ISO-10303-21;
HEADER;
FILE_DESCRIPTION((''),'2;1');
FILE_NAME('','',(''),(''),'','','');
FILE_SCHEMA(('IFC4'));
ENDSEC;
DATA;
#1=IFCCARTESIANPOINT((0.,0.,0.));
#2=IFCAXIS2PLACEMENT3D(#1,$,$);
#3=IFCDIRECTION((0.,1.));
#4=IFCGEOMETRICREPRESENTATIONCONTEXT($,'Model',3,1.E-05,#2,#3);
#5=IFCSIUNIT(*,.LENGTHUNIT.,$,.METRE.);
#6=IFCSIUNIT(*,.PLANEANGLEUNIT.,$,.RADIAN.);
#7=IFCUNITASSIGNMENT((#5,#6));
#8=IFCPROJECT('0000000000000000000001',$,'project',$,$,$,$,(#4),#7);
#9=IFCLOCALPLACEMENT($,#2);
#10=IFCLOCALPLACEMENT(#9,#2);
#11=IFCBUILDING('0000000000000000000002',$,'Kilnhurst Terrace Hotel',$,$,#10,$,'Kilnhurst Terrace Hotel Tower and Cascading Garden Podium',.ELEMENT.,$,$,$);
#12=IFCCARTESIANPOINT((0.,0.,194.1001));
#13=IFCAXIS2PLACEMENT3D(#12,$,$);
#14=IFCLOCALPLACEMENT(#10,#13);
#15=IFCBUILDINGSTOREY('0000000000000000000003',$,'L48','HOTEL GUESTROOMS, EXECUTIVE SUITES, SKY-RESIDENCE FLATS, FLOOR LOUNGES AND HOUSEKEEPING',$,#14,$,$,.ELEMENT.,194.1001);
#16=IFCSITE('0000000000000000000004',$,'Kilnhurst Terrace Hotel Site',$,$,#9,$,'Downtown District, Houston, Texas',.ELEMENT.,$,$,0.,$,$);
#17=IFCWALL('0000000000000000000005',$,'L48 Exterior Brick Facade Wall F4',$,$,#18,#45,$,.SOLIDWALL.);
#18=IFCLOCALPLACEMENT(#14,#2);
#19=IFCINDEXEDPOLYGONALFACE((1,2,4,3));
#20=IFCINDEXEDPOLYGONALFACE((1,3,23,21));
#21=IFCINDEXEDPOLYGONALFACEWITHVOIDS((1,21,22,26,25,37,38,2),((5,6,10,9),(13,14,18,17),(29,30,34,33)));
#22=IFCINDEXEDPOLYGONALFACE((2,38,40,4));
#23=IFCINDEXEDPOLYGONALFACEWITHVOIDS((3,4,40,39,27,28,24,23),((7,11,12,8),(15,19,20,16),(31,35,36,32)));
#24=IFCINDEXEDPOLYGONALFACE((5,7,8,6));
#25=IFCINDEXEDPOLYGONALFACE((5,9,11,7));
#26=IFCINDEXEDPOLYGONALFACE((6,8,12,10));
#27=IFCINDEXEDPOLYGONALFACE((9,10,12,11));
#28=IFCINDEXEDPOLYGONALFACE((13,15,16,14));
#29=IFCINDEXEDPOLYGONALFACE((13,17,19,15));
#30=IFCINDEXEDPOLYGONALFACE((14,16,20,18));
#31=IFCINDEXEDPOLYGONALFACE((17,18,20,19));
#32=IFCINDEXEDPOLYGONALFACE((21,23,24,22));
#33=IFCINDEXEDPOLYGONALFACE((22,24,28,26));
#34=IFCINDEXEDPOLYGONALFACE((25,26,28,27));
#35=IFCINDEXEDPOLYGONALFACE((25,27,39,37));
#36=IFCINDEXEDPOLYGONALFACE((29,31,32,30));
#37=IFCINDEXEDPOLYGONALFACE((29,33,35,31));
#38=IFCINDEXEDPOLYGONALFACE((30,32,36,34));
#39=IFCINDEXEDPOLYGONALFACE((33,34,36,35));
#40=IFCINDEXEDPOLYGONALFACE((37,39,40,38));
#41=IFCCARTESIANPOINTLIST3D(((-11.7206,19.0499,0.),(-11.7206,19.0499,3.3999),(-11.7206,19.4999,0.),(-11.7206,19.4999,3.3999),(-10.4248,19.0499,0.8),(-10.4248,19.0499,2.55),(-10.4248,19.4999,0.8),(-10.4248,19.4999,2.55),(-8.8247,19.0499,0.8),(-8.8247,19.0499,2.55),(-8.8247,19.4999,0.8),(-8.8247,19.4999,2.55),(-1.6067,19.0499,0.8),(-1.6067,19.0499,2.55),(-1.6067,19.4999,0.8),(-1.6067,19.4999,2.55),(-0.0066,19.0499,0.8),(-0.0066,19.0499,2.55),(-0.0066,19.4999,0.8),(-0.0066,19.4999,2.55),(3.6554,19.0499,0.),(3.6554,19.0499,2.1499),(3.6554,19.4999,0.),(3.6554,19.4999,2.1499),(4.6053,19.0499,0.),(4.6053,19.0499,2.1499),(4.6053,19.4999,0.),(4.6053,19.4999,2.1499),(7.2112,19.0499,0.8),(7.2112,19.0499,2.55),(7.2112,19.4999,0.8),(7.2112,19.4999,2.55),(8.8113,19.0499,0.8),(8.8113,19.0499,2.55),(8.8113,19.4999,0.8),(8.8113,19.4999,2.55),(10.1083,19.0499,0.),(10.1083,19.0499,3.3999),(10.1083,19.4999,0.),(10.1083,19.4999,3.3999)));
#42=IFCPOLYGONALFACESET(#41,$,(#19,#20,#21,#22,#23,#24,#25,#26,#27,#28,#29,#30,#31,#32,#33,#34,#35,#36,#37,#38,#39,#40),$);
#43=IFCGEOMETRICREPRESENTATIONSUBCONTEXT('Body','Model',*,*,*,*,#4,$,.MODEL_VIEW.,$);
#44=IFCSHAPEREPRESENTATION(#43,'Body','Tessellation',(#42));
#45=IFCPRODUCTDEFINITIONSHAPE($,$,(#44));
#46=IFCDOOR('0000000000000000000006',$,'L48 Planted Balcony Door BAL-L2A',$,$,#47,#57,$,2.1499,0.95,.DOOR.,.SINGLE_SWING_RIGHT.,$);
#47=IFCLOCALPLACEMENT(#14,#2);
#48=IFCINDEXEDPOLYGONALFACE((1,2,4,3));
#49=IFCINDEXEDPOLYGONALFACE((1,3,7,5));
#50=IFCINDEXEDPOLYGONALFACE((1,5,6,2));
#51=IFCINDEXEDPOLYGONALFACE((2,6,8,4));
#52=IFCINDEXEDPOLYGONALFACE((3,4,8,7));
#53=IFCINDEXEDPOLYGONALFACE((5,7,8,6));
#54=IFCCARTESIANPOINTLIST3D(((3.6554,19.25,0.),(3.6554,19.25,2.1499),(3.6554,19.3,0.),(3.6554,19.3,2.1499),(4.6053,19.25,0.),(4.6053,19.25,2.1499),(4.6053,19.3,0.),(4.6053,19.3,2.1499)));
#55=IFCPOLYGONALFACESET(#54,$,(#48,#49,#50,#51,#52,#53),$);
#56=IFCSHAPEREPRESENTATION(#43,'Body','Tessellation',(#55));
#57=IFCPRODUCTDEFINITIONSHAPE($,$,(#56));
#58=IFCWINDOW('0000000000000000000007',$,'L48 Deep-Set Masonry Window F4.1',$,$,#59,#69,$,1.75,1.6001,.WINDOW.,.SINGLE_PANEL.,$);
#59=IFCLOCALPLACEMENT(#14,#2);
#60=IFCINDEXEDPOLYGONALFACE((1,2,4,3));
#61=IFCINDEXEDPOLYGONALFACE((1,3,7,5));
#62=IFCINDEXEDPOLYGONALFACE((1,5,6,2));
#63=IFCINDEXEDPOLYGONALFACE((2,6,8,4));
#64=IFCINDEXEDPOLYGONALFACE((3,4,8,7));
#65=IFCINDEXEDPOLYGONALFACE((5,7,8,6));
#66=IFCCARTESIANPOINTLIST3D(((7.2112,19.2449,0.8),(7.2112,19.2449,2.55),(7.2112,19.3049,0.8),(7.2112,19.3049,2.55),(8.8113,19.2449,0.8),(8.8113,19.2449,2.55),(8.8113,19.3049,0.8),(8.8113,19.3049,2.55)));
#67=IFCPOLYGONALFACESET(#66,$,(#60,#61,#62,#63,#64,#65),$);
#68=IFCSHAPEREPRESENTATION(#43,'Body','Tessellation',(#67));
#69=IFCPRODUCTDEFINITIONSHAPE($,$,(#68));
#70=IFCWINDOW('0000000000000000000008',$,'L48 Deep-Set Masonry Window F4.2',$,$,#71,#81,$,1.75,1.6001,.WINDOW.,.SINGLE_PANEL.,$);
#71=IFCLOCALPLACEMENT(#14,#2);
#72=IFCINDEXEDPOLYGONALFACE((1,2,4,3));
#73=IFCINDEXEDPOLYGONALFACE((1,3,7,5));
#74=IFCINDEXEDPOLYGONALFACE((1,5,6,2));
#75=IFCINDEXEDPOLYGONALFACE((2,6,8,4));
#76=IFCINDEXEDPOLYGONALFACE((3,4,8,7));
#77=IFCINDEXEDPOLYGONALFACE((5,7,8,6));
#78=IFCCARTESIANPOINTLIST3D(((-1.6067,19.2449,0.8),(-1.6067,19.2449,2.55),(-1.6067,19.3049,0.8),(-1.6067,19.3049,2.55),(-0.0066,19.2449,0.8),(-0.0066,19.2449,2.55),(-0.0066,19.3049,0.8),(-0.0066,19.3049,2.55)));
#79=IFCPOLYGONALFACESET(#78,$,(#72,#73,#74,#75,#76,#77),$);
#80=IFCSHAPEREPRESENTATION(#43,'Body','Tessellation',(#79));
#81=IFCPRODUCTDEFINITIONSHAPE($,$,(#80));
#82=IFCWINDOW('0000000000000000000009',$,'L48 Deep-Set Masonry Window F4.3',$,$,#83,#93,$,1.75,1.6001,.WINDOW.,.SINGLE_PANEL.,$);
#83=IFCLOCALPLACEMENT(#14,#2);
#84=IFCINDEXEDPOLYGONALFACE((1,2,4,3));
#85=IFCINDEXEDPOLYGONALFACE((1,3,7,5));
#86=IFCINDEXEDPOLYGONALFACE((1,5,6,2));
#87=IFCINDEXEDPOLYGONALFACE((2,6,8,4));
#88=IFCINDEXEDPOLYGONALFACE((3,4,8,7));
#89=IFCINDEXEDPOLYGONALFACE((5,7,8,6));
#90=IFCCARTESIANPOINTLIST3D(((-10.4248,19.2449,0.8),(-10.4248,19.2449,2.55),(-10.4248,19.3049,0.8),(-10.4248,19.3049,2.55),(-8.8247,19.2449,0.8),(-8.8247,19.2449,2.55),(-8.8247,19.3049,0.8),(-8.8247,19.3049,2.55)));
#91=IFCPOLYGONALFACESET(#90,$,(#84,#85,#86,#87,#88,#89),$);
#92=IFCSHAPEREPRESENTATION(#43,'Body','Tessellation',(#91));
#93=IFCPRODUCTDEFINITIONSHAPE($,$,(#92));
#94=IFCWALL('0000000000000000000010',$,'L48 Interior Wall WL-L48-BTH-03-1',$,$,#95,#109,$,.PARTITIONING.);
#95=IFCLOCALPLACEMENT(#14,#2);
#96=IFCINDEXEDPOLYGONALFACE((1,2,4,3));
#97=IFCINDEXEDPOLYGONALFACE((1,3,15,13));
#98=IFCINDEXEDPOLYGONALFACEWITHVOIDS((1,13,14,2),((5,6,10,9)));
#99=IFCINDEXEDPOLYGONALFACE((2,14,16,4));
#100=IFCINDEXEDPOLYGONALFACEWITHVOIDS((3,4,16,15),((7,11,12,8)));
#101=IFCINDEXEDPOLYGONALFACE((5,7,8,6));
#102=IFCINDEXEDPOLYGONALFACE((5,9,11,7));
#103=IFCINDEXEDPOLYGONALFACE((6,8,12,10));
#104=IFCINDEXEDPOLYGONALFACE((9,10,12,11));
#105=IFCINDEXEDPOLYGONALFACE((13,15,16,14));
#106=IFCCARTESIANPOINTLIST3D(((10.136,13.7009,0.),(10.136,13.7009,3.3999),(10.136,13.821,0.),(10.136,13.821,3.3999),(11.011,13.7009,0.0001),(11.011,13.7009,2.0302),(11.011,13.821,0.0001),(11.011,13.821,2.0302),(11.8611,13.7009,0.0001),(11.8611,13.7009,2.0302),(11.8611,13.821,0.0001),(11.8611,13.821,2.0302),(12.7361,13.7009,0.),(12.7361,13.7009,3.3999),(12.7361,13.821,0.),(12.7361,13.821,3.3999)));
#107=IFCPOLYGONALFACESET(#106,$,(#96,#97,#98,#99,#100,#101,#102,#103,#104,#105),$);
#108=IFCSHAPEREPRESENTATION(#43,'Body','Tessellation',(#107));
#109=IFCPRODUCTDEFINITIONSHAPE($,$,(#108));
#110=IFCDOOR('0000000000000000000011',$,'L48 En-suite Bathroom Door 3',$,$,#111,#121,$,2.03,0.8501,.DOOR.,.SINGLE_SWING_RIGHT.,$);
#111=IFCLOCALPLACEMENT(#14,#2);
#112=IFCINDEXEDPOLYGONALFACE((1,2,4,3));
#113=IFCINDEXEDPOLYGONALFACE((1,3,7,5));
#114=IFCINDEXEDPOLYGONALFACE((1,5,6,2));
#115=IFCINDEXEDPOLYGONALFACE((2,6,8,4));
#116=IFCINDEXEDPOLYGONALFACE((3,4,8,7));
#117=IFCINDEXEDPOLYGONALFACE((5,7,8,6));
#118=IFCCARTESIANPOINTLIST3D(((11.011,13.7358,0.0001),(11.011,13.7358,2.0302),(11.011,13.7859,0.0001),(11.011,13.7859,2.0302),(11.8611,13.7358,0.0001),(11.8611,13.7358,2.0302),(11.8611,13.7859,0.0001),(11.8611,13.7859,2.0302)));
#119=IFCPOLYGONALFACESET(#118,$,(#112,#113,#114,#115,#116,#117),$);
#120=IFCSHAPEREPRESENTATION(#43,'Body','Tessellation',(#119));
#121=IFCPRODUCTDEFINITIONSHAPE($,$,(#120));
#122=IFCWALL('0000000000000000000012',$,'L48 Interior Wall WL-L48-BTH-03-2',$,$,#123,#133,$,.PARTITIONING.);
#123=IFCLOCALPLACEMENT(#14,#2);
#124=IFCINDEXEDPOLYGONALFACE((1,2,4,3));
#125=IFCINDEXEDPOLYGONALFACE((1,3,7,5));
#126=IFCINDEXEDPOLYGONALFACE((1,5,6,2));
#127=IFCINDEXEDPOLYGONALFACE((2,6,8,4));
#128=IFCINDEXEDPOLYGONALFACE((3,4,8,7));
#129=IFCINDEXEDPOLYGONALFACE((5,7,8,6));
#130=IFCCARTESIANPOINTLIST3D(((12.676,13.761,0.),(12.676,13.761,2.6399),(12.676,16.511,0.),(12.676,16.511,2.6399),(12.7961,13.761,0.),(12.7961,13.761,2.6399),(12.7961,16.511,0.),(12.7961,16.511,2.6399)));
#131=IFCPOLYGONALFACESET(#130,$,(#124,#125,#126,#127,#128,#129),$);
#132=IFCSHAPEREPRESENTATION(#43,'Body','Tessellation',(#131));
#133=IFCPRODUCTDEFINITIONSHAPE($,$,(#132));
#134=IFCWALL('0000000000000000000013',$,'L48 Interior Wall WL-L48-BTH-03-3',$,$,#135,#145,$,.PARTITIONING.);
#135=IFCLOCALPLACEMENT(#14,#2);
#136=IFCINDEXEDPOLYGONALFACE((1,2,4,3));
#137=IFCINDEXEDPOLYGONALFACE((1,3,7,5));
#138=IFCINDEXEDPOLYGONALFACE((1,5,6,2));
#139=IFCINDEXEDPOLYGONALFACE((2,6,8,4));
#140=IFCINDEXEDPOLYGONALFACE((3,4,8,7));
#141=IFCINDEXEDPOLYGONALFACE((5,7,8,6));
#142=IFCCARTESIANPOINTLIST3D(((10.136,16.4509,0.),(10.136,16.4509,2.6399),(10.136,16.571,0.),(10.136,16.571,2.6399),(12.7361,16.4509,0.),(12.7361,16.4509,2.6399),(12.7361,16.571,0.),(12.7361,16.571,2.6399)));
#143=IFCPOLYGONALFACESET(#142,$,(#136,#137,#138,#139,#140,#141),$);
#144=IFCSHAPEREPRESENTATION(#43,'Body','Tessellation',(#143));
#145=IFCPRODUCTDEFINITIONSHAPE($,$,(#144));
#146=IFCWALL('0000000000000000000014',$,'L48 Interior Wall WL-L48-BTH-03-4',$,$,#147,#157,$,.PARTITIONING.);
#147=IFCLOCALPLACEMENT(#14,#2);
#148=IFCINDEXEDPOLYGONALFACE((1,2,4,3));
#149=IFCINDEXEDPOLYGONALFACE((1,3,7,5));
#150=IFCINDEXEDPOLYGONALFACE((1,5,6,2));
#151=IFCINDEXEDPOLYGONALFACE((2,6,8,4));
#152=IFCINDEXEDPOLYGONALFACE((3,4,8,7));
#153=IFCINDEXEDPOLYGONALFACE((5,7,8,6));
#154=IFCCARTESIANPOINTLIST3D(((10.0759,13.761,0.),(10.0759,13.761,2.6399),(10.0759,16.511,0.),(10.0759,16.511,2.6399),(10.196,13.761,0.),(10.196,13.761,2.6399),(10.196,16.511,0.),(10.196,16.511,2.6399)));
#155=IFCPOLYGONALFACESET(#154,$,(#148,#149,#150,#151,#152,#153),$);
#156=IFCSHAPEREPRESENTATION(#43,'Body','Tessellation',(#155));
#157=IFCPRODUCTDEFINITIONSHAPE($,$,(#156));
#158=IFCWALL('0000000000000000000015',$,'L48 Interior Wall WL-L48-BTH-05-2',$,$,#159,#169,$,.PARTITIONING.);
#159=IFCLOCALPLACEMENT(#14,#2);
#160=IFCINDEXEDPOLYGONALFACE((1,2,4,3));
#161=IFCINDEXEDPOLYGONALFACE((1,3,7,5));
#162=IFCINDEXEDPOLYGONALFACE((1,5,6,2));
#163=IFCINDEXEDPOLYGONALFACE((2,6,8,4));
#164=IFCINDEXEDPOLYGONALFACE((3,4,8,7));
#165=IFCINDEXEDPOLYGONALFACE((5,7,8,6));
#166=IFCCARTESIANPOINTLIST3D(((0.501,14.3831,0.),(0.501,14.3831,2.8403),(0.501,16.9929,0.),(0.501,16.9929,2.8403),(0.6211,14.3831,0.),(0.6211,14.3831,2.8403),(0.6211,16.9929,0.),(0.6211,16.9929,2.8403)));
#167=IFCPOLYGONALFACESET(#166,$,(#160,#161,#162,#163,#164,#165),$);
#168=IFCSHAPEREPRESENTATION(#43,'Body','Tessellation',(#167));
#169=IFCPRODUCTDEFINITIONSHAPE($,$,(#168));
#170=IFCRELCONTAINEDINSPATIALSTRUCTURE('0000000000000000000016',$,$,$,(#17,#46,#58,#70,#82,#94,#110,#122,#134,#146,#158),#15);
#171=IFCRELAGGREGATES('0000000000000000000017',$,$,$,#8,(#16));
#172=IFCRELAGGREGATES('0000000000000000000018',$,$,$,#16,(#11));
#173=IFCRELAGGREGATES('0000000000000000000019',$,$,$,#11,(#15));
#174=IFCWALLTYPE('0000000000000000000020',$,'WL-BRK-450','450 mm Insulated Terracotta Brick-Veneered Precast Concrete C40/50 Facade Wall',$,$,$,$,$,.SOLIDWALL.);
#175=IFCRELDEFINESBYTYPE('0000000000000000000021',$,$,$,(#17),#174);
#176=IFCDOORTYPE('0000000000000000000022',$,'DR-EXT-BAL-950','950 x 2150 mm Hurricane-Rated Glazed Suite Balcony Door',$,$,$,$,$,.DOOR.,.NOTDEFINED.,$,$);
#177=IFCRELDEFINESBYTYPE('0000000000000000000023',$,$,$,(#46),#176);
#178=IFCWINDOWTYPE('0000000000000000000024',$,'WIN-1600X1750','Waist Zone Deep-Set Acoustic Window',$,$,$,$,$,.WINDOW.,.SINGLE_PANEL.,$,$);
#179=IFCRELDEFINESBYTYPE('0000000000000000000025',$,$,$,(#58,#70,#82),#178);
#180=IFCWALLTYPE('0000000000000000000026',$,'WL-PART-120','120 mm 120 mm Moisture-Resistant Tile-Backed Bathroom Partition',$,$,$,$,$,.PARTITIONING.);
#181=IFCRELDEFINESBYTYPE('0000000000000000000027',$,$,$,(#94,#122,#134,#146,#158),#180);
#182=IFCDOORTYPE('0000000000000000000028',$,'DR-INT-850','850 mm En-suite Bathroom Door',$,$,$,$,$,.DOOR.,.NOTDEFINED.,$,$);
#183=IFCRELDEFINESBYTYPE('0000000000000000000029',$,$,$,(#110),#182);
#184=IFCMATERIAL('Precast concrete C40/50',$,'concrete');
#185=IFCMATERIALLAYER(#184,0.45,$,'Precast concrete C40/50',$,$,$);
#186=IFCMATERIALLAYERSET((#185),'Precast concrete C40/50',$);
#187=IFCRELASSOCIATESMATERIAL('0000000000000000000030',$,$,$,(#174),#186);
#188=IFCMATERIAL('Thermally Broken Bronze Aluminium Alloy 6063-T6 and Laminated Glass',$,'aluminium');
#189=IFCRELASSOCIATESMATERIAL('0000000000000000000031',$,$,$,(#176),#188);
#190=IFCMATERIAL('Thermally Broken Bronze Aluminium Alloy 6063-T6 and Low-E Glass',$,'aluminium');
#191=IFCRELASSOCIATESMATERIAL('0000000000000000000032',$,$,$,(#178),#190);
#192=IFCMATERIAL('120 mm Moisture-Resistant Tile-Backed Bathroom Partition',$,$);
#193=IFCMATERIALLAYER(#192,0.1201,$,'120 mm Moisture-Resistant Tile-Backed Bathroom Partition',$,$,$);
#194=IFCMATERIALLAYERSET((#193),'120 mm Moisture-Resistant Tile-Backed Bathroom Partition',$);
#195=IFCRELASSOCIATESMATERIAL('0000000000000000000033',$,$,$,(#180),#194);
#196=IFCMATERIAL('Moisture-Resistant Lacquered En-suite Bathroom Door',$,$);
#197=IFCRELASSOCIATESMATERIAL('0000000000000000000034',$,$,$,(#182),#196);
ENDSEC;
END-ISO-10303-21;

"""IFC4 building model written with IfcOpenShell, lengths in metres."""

from ifc_helpers import new_model, si_unit, direction, frame, frame_2d, origin, place, context, subcontext, project, spatial, rectangle, extrude, material, layer, layer_set, type_object, element, fill, save


model = new_model("IFC4")

# Units and contexts
model_context = context("Model", 3, precision=1e-05, world=origin(), true_north=direction((0.0, 1.0)))
body_context = subcontext(model_context, "Body", "Model", "MODEL_VIEW")
ifc_project = project(units=[si_unit("LENGTHUNIT", "METRE"), si_unit("PLANEANGLEUNIT", "RADIAN")], contexts=[model_context])

# Site, building, storey
site_placement = place(None, origin())
site = spatial("IfcSite", under=ifc_project, at=site_placement, Name="Kilnhurst Terrace Hotel Site", LongName="Downtown District, Houston, Texas", CompositionType="ELEMENT", RefElevation=0.0)
building_placement = place(site_placement, origin())
building = spatial("IfcBuilding", under=site, at=building_placement, Name="Kilnhurst Terrace Hotel", LongName="Kilnhurst Terrace Hotel Tower and Cascading Garden Podium", CompositionType="ELEMENT")
storey_placement = place(building_placement, frame((0.0, 0.0, 194.1001)))
storey = spatial("IfcBuildingStorey", under=building, at=storey_placement, Name="L48", Description="HOTEL GUESTROOMS, EXECUTIVE SUITES, SKY-RESIDENCE FLATS, FLOOR LOUNGES AND HOUSEKEEPING", CompositionType="ELEMENT", Elevation=194.1001)

# Shared definitions
ifc_material_1 = material(Name="Precast concrete C40/50", Category="concrete")
ifc_layer_1 = layer(ifc_material_1, 0.45, Name="Precast concrete C40/50")
ifc_layer_set_1 = layer_set([ifc_layer_1], Name="Precast concrete C40/50")
wall_type_1 = type_object("IfcWallType", Name="WL-BRK-450", Description="450 mm Insulated Terracotta Brick-Veneered Precast Concrete C40/50 Facade Wall", PredefinedType="SOLIDWALL", material=ifc_layer_set_1)

# Wall, openings, door, windows
wall_1_placement = place(storey_placement, frame((10.1084, 19.2749, 0.0), z_axis=(0.0, 0.0, 1.0), x_axis=(-1.0, 0.0, 0.0)))
wall_1 = element("IfcWall", 1, at=wall_1_placement, inside=storey, type_object=wall_type_1, Name="L48 Exterior Brick Facade Wall F4", PredefinedType="SOLIDWALL", context=body_context, shape_type="SweptSolid", body=[
    extrude(rectangle(XDim=21.8289, YDim=0.45, at=frame_2d((10.9146, 0.0))), origin(), (0.0, 0.0, 1.0), 3.3999),
])
opening_1_placement = place(wall_1_placement, frame((5.5029, 0.0, 0.0)))
opening_1 = element("IfcOpeningElement", 2, at=opening_1_placement, cuts=wall_1, PredefinedType="OPENING", context=body_context, shape_type="SweptSolid", body=[
    extrude(rectangle(XDim=0.95, YDim=2.1499, at=frame_2d((0.4751, 1.075))), frame((0.0, 0.2349, 0.0), z_axis=(0.0, -1.0, 0.0), x_axis=(1.0, 0.0, 0.0)), (0.0, 0.0, 1.0), 0.47),
])
opening_2_placement = place(wall_1_placement, frame((1.2971, 0.0, 0.8)))
opening_2 = element("IfcOpeningElement", 3, at=opening_2_placement, cuts=wall_1, PredefinedType="OPENING", context=body_context, shape_type="SweptSolid", body=[
    extrude(rectangle(XDim=1.6001, YDim=1.75, at=frame_2d((0.8, 0.875))), frame((0.0, 0.2349, 0.0), z_axis=(0.0, -1.0, 0.0), x_axis=(1.0, 0.0, 0.0)), (0.0, 0.0, 1.0), 0.47),
])
opening_3_placement = place(wall_1_placement, frame((10.115, 0.0, 0.8)))
opening_3 = element("IfcOpeningElement", 4, at=opening_3_placement, cuts=wall_1, PredefinedType="OPENING", context=body_context, shape_type="SweptSolid", body=[
    extrude(rectangle(XDim=1.6001, YDim=1.75, at=frame_2d((0.8, 0.875))), frame((0.0, 0.2349, 0.0), z_axis=(0.0, -1.0, 0.0), x_axis=(1.0, 0.0, 0.0)), (0.0, 0.0, 1.0), 0.47),
])
opening_4_placement = place(wall_1_placement, frame((18.9331, 0.0, 0.8)))
opening_4 = element("IfcOpeningElement", 5, at=opening_4_placement, cuts=wall_1, PredefinedType="OPENING", context=body_context, shape_type="SweptSolid", body=[
    extrude(rectangle(XDim=1.6001, YDim=1.75, at=frame_2d((0.8, 0.875))), frame((0.0, 0.2349, 0.0), z_axis=(0.0, -1.0, 0.0), x_axis=(1.0, 0.0, 0.0)), (0.0, 0.0, 1.0), 0.47),
])
ifc_material_2 = material(Name="Thermally Broken Bronze Aluminium Alloy 6063-T6 and Laminated Glass", Category="aluminium")
door_type_1 = type_object("IfcDoorType", Name="DR-EXT-BAL-950", Description="950 x 2150 mm Hurricane-Rated Glazed Suite Balcony Door", OperationType="NOTDEFINED", PredefinedType="DOOR", material=ifc_material_2)
door_1_placement = place(opening_1_placement, origin())
door_1 = element("IfcDoor", 6, at=door_1_placement, inside=storey, type_object=door_type_1, Name="L48 Planted Balcony Door BAL-L2A", OperationType="SINGLE_SWING_RIGHT", OverallHeight=2.1499, OverallWidth=0.95, PredefinedType="DOOR", context=body_context, shape_type="SweptSolid", body=[
    extrude(rectangle(XDim=0.95, YDim=2.1499, at=frame_2d((0.4751, 1.075))), frame((0.0, 0.0249, 0.0), z_axis=(0.0, -1.0, 0.0), x_axis=(1.0, 0.0, 0.0)), (0.0, 0.0, 1.0), 0.05),
])
fill(opening_1, door_1)
ifc_material_3 = material(Name="Thermally Broken Bronze Aluminium Alloy 6063-T6 and Low-E Glass", Category="aluminium")
window_type = type_object("IfcWindowType", Name="WIN-1600X1750", Description="Waist Zone Deep-Set Acoustic Window", PartitioningType="SINGLE_PANEL", PredefinedType="WINDOW", material=ifc_material_3)
window_1_placement = place(opening_2_placement, origin())
window_1 = element("IfcWindow", 7, at=window_1_placement, inside=storey, type_object=window_type, Name="L48 Deep-Set Masonry Window F4.1", OverallHeight=1.75, OverallWidth=1.6001, PartitioningType="SINGLE_PANEL", PredefinedType="WINDOW", context=body_context, shape_type="SweptSolid", body=[
    extrude(rectangle(XDim=1.6001, YDim=1.75, at=frame_2d((0.8, 0.875))), frame((0.0, 0.03, 0.0), z_axis=(0.0, -1.0, 0.0), x_axis=(1.0, 0.0, 0.0)), (0.0, 0.0, 1.0), 0.0601),
])
fill(opening_2, window_1)
window_2_placement = place(opening_3_placement, origin())
window_2 = element("IfcWindow", 8, at=window_2_placement, inside=storey, type_object=window_type, Name="L48 Deep-Set Masonry Window F4.2", OverallHeight=1.75, OverallWidth=1.6001, PartitioningType="SINGLE_PANEL", PredefinedType="WINDOW", context=body_context, shape_type="SweptSolid", body=[
    extrude(rectangle(XDim=1.6001, YDim=1.75, at=frame_2d((0.8, 0.875))), frame((0.0, 0.03, 0.0), z_axis=(0.0, -1.0, 0.0), x_axis=(1.0, 0.0, 0.0)), (0.0, 0.0, 1.0), 0.0601),
])
fill(opening_3, window_2)
window_3_placement = place(opening_4_placement, origin())
window_3 = element("IfcWindow", 9, at=window_3_placement, inside=storey, type_object=window_type, Name="L48 Deep-Set Masonry Window F4.3", OverallHeight=1.75, OverallWidth=1.6001, PartitioningType="SINGLE_PANEL", PredefinedType="WINDOW", context=body_context, shape_type="SweptSolid", body=[
    extrude(rectangle(XDim=1.6001, YDim=1.75, at=frame_2d((0.8, 0.875))), frame((0.0, 0.03, 0.0), z_axis=(0.0, -1.0, 0.0), x_axis=(1.0, 0.0, 0.0)), (0.0, 0.0, 1.0), 0.0601),
])
fill(opening_4, window_3)

# Wall, opening, door
ifc_material_4 = material(Name="120 mm Moisture-Resistant Tile-Backed Bathroom Partition")
ifc_layer_2 = layer(ifc_material_4, 0.1201, Name="120 mm Moisture-Resistant Tile-Backed Bathroom Partition")
ifc_layer_set_2 = layer_set([ifc_layer_2], Name="120 mm Moisture-Resistant Tile-Backed Bathroom Partition")
wall_type_2 = type_object("IfcWallType", Name="WL-PART-120", Description="120 mm 120 mm Moisture-Resistant Tile-Backed Bathroom Partition", PredefinedType="PARTITIONING", material=ifc_layer_set_2)
wall_2_placement = place(storey_placement, frame((10.136, 13.761, 0.0), z_axis=(0.0, 0.0, 1.0), x_axis=(1.0, 0.0, 0.0)))
wall_2 = element("IfcWall", 10, at=wall_2_placement, inside=storey, type_object=wall_type_2, Name="L48 Interior Wall WL-L48-BTH-03-1", PredefinedType="PARTITIONING", context=body_context, shape_type="SweptSolid", body=[
    extrude(rectangle(XDim=2.6001, YDim=0.1201, at=frame_2d((1.3, 0.0))), origin(), (0.0, 0.0, 1.0), 3.3999),
])
opening_5_placement = place(wall_2_placement, frame((0.875, 0.0, 0.0)))
opening_5 = element("IfcOpeningElement", 11, at=opening_5_placement, cuts=wall_2, PredefinedType="OPENING", context=body_context, shape_type="SweptSolid", body=[
    extrude(rectangle(XDim=0.8501, YDim=2.03, at=frame_2d((0.425, 1.0151))), frame((0.0, 0.0701, 0.0), z_axis=(0.0, -1.0, 0.0), x_axis=(1.0, 0.0, 0.0)), (0.0, 0.0, 1.0), 0.1401),
])
ifc_material_5 = material(Name="Moisture-Resistant Lacquered En-suite Bathroom Door")
door_type_2 = type_object("IfcDoorType", Name="DR-INT-850", Description="850 mm En-suite Bathroom Door", OperationType="NOTDEFINED", PredefinedType="DOOR", material=ifc_material_5)
door_2_placement = place(opening_5_placement, origin())
door_2 = element("IfcDoor", 12, at=door_2_placement, inside=storey, type_object=door_type_2, Name="L48 En-suite Bathroom Door 3", OperationType="SINGLE_SWING_RIGHT", OverallHeight=2.03, OverallWidth=0.8501, PredefinedType="DOOR", context=body_context, shape_type="SweptSolid", body=[
    extrude(rectangle(XDim=0.8501, YDim=2.03, at=frame_2d((0.425, 1.0151))), frame((0.0, 0.0249, 0.0), z_axis=(0.0, -1.0, 0.0), x_axis=(1.0, 0.0, 0.0)), (0.0, 0.0, 1.0), 0.05),
])
fill(opening_5, door_2)

# Walls
wall_3_placement = place(storey_placement, frame((12.7361, 13.761, 0.0), z_axis=(0.0, 0.0, 1.0), x_axis=(0.0, 1.0, 0.0)))
element("IfcWall", 13, at=wall_3_placement, inside=storey, type_object=wall_type_2, Name="L48 Interior Wall WL-L48-BTH-03-2", PredefinedType="PARTITIONING", context=body_context, shape_type="SweptSolid", body=[
    extrude(rectangle(XDim=2.75, YDim=0.1201, at=frame_2d((1.375, 0.0))), origin(), (0.0, 0.0, 1.0), 2.6399),
])
wall_4_placement = place(storey_placement, frame((12.7361, 16.511, 0.0), z_axis=(0.0, 0.0, 1.0), x_axis=(-1.0, 0.0, 0.0)))
element("IfcWall", 14, at=wall_4_placement, inside=storey, type_object=wall_type_2, Name="L48 Interior Wall WL-L48-BTH-03-3", PredefinedType="PARTITIONING", context=body_context, shape_type="SweptSolid", body=[
    extrude(rectangle(XDim=2.6001, YDim=0.1201, at=frame_2d((1.3, 0.0))), origin(), (0.0, 0.0, 1.0), 2.6399),
])
wall_5_placement = place(storey_placement, frame((10.136, 16.511, 0.0), z_axis=(0.0, 0.0, 1.0), x_axis=(0.0, -1.0, 0.0)))
element("IfcWall", 15, at=wall_5_placement, inside=storey, type_object=wall_type_2, Name="L48 Interior Wall WL-L48-BTH-03-4", PredefinedType="PARTITIONING", context=body_context, shape_type="SweptSolid", body=[
    extrude(rectangle(XDim=2.75, YDim=0.1201, at=frame_2d((1.375, 0.0))), origin(), (0.0, 0.0, 1.0), 2.6399),
])
wall_6_placement = place(storey_placement, frame((0.561, 14.3831, 0.0), z_axis=(0.0, 0.0, 1.0), x_axis=(0.0, 1.0, 0.0)))
element("IfcWall", 16, at=wall_6_placement, inside=storey, type_object=wall_type_2, Name="L48 Interior Wall WL-L48-BTH-05-2", PredefinedType="PARTITIONING", context=body_context, shape_type="SweptSolid", body=[
    extrude(rectangle(XDim=2.6099, YDim=0.1201, at=frame_2d((1.3049, 0.0))), origin(), (0.0, 0.0, 1.0), 2.8403),
])

save(model, "model.ifc")
